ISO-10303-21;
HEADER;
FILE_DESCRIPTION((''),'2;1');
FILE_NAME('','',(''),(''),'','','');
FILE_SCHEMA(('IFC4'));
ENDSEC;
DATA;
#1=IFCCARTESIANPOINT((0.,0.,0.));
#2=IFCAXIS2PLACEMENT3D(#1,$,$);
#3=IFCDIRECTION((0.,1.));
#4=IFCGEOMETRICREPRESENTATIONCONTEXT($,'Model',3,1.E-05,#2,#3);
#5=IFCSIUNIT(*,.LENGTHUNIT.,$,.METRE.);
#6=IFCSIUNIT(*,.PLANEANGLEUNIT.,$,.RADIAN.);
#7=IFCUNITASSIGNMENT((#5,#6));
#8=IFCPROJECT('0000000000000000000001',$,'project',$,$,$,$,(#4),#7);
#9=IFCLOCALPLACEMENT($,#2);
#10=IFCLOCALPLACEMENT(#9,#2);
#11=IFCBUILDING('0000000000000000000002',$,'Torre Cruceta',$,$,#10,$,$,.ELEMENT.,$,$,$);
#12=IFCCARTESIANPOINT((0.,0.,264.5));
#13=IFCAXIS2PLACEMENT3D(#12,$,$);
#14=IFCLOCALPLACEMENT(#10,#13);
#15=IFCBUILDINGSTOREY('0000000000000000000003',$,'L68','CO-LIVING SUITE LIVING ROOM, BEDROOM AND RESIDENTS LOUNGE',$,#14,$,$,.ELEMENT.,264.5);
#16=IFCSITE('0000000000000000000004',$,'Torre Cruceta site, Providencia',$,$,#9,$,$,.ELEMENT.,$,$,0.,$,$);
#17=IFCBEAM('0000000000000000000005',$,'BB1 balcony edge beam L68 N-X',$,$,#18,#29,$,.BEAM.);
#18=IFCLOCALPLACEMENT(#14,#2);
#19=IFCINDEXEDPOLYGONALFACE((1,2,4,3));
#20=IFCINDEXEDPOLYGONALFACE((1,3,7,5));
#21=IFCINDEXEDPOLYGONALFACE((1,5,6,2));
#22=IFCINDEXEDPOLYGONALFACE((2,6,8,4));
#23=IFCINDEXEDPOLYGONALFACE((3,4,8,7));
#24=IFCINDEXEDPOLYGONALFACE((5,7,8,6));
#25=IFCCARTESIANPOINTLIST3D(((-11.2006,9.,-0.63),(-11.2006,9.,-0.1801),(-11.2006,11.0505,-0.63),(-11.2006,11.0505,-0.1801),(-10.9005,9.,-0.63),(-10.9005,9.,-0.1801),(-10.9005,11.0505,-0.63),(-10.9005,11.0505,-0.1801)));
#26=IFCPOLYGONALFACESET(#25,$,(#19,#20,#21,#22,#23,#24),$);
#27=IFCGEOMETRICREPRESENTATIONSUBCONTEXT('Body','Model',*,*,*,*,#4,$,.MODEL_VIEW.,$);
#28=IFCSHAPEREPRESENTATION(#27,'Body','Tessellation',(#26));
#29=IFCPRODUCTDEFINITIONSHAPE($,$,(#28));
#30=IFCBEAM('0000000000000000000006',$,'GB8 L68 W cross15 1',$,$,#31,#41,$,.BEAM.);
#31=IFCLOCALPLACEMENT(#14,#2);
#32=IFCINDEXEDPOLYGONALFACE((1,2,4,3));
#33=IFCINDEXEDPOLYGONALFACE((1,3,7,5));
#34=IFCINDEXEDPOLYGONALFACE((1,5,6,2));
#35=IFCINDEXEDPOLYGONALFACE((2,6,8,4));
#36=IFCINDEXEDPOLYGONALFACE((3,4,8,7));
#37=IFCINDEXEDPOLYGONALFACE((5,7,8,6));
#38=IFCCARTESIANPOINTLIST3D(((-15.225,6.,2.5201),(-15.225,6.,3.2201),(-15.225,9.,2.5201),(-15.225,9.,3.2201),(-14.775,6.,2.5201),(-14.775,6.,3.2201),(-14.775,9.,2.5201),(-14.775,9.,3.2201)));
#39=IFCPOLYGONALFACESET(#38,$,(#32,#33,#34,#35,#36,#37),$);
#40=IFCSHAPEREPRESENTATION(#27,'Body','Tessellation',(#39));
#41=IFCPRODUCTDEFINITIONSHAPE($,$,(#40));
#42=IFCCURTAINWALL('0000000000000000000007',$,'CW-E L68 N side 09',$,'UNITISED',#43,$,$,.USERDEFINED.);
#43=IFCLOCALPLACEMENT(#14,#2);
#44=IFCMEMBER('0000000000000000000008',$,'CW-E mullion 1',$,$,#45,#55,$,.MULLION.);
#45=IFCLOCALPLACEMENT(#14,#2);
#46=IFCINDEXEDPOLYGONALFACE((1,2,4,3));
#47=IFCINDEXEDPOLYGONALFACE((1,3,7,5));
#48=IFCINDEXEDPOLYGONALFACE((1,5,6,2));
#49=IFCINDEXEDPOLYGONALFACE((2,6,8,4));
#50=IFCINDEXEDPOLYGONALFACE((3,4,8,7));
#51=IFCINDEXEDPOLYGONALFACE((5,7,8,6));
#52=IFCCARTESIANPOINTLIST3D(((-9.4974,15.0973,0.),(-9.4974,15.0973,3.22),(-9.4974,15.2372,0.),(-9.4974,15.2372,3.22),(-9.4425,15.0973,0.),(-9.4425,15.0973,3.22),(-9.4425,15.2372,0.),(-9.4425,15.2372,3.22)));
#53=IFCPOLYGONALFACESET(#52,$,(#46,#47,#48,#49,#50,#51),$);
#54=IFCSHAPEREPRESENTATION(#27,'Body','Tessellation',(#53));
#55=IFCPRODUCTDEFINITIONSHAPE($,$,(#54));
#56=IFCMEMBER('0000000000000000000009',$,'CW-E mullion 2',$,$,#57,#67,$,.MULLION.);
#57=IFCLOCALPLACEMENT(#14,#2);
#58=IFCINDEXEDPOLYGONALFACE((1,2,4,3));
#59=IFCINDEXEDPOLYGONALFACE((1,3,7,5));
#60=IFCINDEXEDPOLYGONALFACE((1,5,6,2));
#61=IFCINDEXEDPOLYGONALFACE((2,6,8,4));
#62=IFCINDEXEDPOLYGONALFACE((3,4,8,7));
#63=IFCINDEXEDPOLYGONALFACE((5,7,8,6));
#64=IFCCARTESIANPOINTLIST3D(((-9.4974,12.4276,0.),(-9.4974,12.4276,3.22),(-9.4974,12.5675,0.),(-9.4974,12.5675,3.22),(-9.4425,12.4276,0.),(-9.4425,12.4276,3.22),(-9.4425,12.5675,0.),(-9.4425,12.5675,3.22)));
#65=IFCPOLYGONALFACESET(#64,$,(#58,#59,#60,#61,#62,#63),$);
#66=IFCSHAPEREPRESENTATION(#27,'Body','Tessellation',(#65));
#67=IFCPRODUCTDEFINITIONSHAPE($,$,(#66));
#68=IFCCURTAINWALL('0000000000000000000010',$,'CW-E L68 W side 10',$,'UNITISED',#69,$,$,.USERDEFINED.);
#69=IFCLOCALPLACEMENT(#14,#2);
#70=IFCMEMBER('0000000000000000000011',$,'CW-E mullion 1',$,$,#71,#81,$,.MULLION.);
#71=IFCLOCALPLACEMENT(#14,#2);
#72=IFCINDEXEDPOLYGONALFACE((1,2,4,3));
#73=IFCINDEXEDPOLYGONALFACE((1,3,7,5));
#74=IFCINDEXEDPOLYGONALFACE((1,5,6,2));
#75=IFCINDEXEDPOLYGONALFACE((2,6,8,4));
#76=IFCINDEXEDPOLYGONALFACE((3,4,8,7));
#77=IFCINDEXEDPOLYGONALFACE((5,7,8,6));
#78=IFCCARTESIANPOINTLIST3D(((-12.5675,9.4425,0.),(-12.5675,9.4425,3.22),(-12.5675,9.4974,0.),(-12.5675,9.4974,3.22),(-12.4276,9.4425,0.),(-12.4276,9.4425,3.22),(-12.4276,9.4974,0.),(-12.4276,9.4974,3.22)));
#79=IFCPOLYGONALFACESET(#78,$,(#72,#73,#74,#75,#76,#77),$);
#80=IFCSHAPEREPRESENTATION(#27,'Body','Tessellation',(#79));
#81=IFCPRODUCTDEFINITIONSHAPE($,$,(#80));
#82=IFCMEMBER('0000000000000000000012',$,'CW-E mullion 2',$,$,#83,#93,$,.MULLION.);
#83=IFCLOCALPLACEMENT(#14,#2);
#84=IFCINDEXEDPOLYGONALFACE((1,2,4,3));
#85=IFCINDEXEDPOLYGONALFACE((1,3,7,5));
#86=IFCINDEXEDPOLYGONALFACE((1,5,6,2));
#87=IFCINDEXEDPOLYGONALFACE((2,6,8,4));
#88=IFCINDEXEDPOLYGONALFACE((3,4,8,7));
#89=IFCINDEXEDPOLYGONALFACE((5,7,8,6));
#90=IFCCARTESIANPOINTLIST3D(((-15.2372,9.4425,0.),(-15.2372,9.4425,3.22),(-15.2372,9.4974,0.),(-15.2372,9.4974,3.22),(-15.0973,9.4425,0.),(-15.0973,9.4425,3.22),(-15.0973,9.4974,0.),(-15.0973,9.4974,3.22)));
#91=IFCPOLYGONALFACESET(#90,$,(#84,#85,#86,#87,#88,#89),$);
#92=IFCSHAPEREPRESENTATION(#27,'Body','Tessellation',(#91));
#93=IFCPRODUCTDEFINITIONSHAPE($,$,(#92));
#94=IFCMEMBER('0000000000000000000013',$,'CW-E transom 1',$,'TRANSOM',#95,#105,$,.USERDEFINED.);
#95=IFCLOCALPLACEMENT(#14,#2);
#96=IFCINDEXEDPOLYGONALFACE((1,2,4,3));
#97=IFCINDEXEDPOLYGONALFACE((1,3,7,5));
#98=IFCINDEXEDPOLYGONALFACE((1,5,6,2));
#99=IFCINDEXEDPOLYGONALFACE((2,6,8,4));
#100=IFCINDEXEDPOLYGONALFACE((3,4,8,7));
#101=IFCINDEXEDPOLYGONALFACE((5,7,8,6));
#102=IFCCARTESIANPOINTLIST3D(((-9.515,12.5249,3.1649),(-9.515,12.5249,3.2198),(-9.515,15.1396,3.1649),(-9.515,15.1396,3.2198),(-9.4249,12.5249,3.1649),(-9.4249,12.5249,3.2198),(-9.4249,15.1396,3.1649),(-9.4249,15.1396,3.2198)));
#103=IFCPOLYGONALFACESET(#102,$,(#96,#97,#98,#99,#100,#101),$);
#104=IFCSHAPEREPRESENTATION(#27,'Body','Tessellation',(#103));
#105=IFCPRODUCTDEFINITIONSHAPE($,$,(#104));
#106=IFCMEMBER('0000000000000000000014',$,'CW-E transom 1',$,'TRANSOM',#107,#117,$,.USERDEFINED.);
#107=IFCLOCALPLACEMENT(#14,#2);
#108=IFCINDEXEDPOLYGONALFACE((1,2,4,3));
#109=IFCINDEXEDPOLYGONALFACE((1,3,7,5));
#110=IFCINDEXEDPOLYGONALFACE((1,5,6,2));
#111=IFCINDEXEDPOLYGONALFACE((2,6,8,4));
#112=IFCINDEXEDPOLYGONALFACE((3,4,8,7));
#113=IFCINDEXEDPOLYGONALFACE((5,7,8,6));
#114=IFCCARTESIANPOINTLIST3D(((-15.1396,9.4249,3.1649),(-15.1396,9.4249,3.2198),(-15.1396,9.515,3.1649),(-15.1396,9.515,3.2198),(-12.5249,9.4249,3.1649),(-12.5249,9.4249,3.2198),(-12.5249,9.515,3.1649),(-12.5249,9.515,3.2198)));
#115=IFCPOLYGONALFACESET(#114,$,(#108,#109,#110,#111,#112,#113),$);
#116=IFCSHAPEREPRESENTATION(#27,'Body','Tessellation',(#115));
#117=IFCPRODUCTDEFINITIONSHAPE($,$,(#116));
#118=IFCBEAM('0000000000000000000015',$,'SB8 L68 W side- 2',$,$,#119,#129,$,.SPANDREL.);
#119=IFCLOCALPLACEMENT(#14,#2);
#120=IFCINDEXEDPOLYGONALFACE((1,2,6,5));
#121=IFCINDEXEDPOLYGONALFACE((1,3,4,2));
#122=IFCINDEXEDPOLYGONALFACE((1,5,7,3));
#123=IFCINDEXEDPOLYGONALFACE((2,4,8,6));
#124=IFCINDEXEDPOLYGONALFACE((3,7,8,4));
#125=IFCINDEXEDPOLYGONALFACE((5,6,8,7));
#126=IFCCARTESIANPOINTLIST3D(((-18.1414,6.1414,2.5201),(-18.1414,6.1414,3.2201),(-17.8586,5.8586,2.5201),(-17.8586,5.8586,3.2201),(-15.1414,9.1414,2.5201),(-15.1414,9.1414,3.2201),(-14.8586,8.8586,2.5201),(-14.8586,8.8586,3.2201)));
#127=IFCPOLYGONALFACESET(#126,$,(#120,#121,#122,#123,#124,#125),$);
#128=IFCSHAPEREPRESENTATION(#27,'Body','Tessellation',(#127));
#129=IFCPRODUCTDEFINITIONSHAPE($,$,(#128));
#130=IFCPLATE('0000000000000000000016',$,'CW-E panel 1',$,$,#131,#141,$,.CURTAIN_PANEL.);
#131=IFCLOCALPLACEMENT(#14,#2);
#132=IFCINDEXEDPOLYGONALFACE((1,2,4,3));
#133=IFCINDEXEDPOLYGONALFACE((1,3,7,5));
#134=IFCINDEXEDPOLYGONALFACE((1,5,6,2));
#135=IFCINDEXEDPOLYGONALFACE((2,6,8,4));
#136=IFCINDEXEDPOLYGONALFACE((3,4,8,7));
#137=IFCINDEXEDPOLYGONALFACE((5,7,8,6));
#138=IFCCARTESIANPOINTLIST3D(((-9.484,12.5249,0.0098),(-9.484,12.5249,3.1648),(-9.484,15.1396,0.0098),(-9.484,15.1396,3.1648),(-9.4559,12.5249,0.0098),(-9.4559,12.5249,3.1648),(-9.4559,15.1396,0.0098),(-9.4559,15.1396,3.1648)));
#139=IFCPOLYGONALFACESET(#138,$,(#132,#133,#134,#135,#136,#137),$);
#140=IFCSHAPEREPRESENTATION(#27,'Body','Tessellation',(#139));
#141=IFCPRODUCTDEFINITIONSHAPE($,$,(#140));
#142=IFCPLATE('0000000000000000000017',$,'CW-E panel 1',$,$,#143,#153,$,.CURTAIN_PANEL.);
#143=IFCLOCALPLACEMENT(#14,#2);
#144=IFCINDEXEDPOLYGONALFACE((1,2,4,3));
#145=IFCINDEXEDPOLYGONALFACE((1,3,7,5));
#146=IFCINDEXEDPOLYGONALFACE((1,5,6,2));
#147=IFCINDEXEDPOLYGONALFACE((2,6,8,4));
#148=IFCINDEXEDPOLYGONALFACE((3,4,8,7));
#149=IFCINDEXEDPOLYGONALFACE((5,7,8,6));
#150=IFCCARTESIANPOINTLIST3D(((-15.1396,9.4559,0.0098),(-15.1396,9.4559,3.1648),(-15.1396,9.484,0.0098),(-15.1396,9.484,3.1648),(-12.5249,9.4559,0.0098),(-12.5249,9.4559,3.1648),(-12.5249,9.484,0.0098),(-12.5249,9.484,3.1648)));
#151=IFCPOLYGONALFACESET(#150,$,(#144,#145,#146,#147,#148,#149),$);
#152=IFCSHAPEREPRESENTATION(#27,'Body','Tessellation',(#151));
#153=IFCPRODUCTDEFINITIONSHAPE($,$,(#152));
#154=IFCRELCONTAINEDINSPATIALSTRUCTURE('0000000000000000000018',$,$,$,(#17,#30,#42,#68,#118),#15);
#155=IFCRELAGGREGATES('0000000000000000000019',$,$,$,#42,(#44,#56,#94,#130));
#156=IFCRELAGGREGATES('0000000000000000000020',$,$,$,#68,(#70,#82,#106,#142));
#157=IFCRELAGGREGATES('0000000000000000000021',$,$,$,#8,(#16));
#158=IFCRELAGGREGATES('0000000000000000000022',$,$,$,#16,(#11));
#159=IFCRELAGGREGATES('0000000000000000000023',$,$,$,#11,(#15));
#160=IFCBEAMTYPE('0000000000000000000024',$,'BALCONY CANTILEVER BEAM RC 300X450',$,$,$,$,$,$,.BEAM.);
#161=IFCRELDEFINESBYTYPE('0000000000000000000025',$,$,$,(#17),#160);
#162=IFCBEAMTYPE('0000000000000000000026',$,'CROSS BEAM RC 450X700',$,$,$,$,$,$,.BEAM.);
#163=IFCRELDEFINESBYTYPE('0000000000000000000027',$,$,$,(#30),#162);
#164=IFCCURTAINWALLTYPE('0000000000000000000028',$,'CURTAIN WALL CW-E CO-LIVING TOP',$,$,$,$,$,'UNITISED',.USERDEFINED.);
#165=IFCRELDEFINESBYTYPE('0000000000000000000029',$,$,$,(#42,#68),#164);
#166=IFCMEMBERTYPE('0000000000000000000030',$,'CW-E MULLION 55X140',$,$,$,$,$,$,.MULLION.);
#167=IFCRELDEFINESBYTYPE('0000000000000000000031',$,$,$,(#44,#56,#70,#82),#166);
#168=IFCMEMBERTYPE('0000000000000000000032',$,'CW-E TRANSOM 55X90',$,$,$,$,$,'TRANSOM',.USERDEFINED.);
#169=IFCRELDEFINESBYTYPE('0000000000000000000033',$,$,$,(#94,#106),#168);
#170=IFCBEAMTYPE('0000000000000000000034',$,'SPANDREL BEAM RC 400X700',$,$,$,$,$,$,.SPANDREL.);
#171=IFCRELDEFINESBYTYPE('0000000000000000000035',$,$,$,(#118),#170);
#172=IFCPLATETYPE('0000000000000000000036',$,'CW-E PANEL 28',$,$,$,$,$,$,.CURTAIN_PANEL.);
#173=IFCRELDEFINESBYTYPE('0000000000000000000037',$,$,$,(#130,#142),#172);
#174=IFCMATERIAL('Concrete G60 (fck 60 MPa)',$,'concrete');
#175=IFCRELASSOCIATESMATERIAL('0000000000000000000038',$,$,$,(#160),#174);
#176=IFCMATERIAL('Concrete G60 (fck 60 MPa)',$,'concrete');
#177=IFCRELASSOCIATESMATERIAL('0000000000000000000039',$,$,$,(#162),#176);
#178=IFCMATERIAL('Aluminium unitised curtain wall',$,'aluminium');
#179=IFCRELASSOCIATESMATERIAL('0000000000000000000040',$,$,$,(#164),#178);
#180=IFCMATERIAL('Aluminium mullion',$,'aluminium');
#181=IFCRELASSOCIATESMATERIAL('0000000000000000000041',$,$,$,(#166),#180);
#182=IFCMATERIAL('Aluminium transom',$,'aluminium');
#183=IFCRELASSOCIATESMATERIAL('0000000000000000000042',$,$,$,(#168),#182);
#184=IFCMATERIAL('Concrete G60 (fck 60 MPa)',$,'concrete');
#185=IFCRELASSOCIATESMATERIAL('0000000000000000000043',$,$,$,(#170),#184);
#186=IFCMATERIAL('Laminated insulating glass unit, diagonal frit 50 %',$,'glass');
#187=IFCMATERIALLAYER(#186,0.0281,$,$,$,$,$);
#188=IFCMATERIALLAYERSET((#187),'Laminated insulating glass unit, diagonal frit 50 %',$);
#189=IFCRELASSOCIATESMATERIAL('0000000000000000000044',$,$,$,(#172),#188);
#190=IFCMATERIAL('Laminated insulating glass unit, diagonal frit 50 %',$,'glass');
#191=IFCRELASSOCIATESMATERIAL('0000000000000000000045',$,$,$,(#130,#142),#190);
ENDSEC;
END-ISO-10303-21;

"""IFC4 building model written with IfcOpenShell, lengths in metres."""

from ifc_helpers import new_model, si_unit, direction, frame, origin, origin_2d, place, context, subcontext, project, spatial, rectangle, extrude, material, layer, layer_set, material_profile, profile_set, type_object, element, aggregate, save


model = new_model("IFC4")

# Units and contexts
model_context = context("Model", 3, precision=1e-05, world=origin(), true_north=direction((0.0, 1.0)))
body_context = subcontext(model_context, "Body", "Model", "MODEL_VIEW")
ifc_project = project(units=[si_unit("LENGTHUNIT", "METRE"), si_unit("PLANEANGLEUNIT", "RADIAN")], contexts=[model_context])

# Site, building, storey
site_placement = place(None, origin())
site = spatial("IfcSite", under=ifc_project, at=site_placement, Name="Torre Cruceta site, Providencia", CompositionType="ELEMENT", RefElevation=0.0)
building_placement = place(site_placement, origin())
building = spatial("IfcBuilding", under=site, at=building_placement, Name="Torre Cruceta", CompositionType="ELEMENT")
storey_placement = place(building_placement, frame((0.0, 0.0, 264.5)))
storey = spatial("IfcBuildingStorey", under=building, at=storey_placement, Name="L68", Description="CO-LIVING SUITE LIVING ROOM, BEDROOM AND RESIDENTS LOUNGE", CompositionType="ELEMENT", Elevation=264.5)

# Beams
ifc_material_1 = material(Name="Concrete G60 (fck 60 MPa)", Category="concrete")
ifc_material_profile_1 = material_profile(ifc_material_1, rectangle(XDim=0.3, YDim=0.45, at=origin_2d()), Name="RC 300X450")
ifc_profile_set_1 = profile_set([ifc_material_profile_1], Name="Concrete G60 (fck 60 MPa)")
beam_type_1 = type_object("IfcBeamType", Name="BALCONY CANTILEVER BEAM RC 300X450", PredefinedType="BEAM", material=ifc_profile_set_1)
beam_1_placement = place(storey_placement, frame((-11.0505, 9.0, -0.405), z_axis=(0.0, 1.0, 0.0), x_axis=(-1.0, 0.0, 0.0)))
element("IfcBeam", 1, at=beam_1_placement, inside=storey, type_object=beam_type_1, Name="BB1 balcony edge beam L68 N-X", PredefinedType="BEAM", context=body_context, shape_type="SweptSolid", body=[
    extrude(rectangle(XDim=0.3, YDim=0.45, at=origin_2d()), origin(), (0.0, 0.0, 1.0), 2.0505),
])
ifc_material_2 = material(Name="Concrete G60 (fck 60 MPa)", Category="concrete")
ifc_material_profile_2 = material_profile(ifc_material_2, rectangle(XDim=0.45, YDim=0.7, at=origin_2d()), Name="RC 450X700")
ifc_profile_set_2 = profile_set([ifc_material_profile_2], Name="Concrete G60 (fck 60 MPa)")
beam_type_2 = type_object("IfcBeamType", Name="CROSS BEAM RC 450X700", PredefinedType="BEAM", material=ifc_profile_set_2)
beam_2_placement = place(storey_placement, frame((-15.0, 9.0, 2.8701), z_axis=(0.0, -1.0, 0.0), x_axis=(1.0, 0.0, 0.0)))
element("IfcBeam", 2, at=beam_2_placement, inside=storey, type_object=beam_type_2, Name="GB8 L68 W cross15 1", PredefinedType="BEAM", context=body_context, shape_type="SweptSolid", body=[
    extrude(rectangle(XDim=0.45, YDim=0.7, at=origin_2d()), origin(), (0.0, 0.0, 1.0), 3.0),
])

# Curtain walls, members
ifc_material_3 = material(Name="Aluminium unitised curtain wall", Category="aluminium")
curtain_wall_type = type_object("IfcCurtainWallType", Name="CURTAIN WALL CW-E CO-LIVING TOP", ElementType="UNITISED", PredefinedType="USERDEFINED", material=ifc_material_3)
curtain_wall_1_placement = place(storey_placement, origin())
curtain_wall_1 = element("IfcCurtainWall", 3, at=curtain_wall_1_placement, inside=storey, type_object=curtain_wall_type, Name="CW-E L68 N side 09", ObjectType="UNITISED", PredefinedType="USERDEFINED")
ifc_material_4 = material(Name="Aluminium mullion", Category="aluminium")
ifc_material_profile_3 = material_profile(ifc_material_4, rectangle(XDim=0.0549, YDim=0.1399, at=origin_2d()), Name="AL 55X140")
ifc_profile_set_3 = profile_set([ifc_material_profile_3], Name="Aluminium mullion")
member_type_1 = type_object("IfcMemberType", Name="CW-E MULLION 55X140", PredefinedType="MULLION", material=ifc_profile_set_3)
member_1_placement = place(storey_placement, frame((-9.47, 15.1672, 0.0), z_axis=(0.0, 0.0, 1.0), x_axis=(1.0, 0.0, 0.0)))
member_1 = element("IfcMember", 4, at=member_1_placement, type_object=member_type_1, Name="CW-E mullion 1", PredefinedType="MULLION", context=body_context, shape_type="SweptSolid", body=[
    extrude(rectangle(XDim=0.0549, YDim=0.1399, at=origin_2d()), origin(), (0.0, 0.0, 1.0), 3.22),
])
member_2_placement = place(storey_placement, frame((-9.47, 12.4976, 0.0), z_axis=(0.0, 0.0, 1.0), x_axis=(1.0, 0.0, 0.0)))
member_2 = element("IfcMember", 5, at=member_2_placement, type_object=member_type_1, Name="CW-E mullion 2", PredefinedType="MULLION", context=body_context, shape_type="SweptSolid", body=[
    extrude(rectangle(XDim=0.0549, YDim=0.1399, at=origin_2d()), origin(), (0.0, 0.0, 1.0), 3.22),
])
curtain_wall_2_placement = place(storey_placement, origin())
curtain_wall_2 = element("IfcCurtainWall", 6, at=curtain_wall_2_placement, inside=storey, type_object=curtain_wall_type, Name="CW-E L68 W side 10", ObjectType="UNITISED", PredefinedType="USERDEFINED")
member_3_placement = place(storey_placement, frame((-12.4976, 9.47, 0.0), z_axis=(0.0, 0.0, 1.0), x_axis=(0.0, -1.0, 0.0)))
member_3 = element("IfcMember", 7, at=member_3_placement, type_object=member_type_1, Name="CW-E mullion 1", PredefinedType="MULLION", context=body_context, shape_type="SweptSolid", body=[
    extrude(rectangle(XDim=0.0549, YDim=0.1399, at=origin_2d()), origin(), (0.0, 0.0, 1.0), 3.22),
])
member_4_placement = place(storey_placement, frame((-15.1672, 9.47, 0.0), z_axis=(0.0, 0.0, 1.0), x_axis=(0.0, -1.0, 0.0)))
member_4 = element("IfcMember", 8, at=member_4_placement, type_object=member_type_1, Name="CW-E mullion 2", PredefinedType="MULLION", context=body_context, shape_type="SweptSolid", body=[
    extrude(rectangle(XDim=0.0549, YDim=0.1399, at=origin_2d()), origin(), (0.0, 0.0, 1.0), 3.22),
])

# Members
ifc_material_5 = material(Name="Aluminium transom", Category="aluminium")
ifc_material_profile_4 = material_profile(ifc_material_5, rectangle(XDim=0.0901, YDim=0.0549, at=origin_2d()), Name="AL 90X55")
ifc_profile_set_4 = profile_set([ifc_material_profile_4], Name="Aluminium transom")
member_type_2 = type_object("IfcMemberType", Name="CW-E TRANSOM 55X90", ElementType="TRANSOM", PredefinedType="USERDEFINED", material=ifc_profile_set_4)
member_5_placement = place(storey_placement, frame((-9.47, 15.1396, 3.1924), z_axis=(0.0, -1.0, 0.0), x_axis=(1.0, 0.0, 0.0)))
member_5 = element("IfcMember", 9, at=member_5_placement, type_object=member_type_2, Name="CW-E transom 1", ObjectType="TRANSOM", PredefinedType="USERDEFINED", context=body_context, shape_type="SweptSolid", body=[
    extrude(rectangle(XDim=0.0901, YDim=0.0549, at=origin_2d()), origin(), (0.0, 0.0, 1.0), 2.6147),
])
member_6_placement = place(storey_placement, frame((-12.5249, 9.47, 3.1924), z_axis=(-1.0, 0.0, 0.0), x_axis=(0.0, -1.0, 0.0)))
member_6 = element("IfcMember", 10, at=member_6_placement, type_object=member_type_2, Name="CW-E transom 1", ObjectType="TRANSOM", PredefinedType="USERDEFINED", context=body_context, shape_type="SweptSolid", body=[
    extrude(rectangle(XDim=0.0901, YDim=0.0549, at=origin_2d()), origin(), (0.0, 0.0, 1.0), 2.6147),
])

# Beam
ifc_material_6 = material(Name="Concrete G60 (fck 60 MPa)", Category="concrete")
ifc_material_profile_5 = material_profile(ifc_material_6, rectangle(XDim=0.3999, YDim=0.7, at=origin_2d()), Name="RC 400X700")
ifc_profile_set_5 = profile_set([ifc_material_profile_5], Name="Concrete G60 (fck 60 MPa)")
beam_type_3 = type_object("IfcBeamType", Name="SPANDREL BEAM RC 400X700", PredefinedType="SPANDREL", material=ifc_profile_set_5)
beam_3_placement = place(storey_placement, frame((-15.0, 9.0, 2.8701), z_axis=(-0.707107, -0.707107, 0.0), x_axis=(0.707107, -0.707107, 0.0)))
element("IfcBeam", 11, at=beam_3_placement, inside=storey, type_object=beam_type_3, Name="SB8 L68 W side- 2", PredefinedType="SPANDREL", context=body_context, shape_type="SweptSolid", body=[
    extrude(rectangle(XDim=0.3999, YDim=0.7, at=origin_2d()), origin(), (0.0, 0.0, 1.0), 4.2427),
])

# Plates
ifc_material_7 = material(Name="Laminated insulating glass unit, diagonal frit 50 %", Category="glass")
ifc_material_8 = material(Name="Laminated insulating glass unit, diagonal frit 50 %", Category="glass")
ifc_layer_1 = layer(ifc_material_8, 0.0281)
ifc_layer_set_1 = layer_set([ifc_layer_1], Name="Laminated insulating glass unit, diagonal frit 50 %")
plate_type = type_object("IfcPlateType", Name="CW-E PANEL 28", PredefinedType="CURTAIN_PANEL", material=ifc_layer_set_1)
plate_1_placement = place(storey_placement, frame((-9.47, 13.8323, 0.0098), z_axis=(0.0, 0.0, 1.0), x_axis=(0.0, -1.0, 0.0)))
plate_1 = element("IfcPlate", 12, at=plate_1_placement, type_object=plate_type, material=ifc_material_7, Name="CW-E panel 1", PredefinedType="CURTAIN_PANEL", context=body_context, shape_type="SweptSolid", body=[
    extrude(rectangle(XDim=2.6147, YDim=0.0281, at=origin_2d()), origin(), (0.0, 0.0, 1.0), 3.155),
])
aggregate(curtain_wall_1, [member_1, member_2, member_5, plate_1])
plate_2_placement = place(storey_placement, frame((-13.8323, 9.47, 0.0098), z_axis=(0.0, 0.0, 1.0), x_axis=(-1.0, 0.0, 0.0)))
plate_2 = element("IfcPlate", 13, at=plate_2_placement, type_object=plate_type, material=ifc_material_7, Name="CW-E panel 1", PredefinedType="CURTAIN_PANEL", context=body_context, shape_type="SweptSolid", body=[
    extrude(rectangle(XDim=2.6147, YDim=0.0281, at=origin_2d()), origin(), (0.0, 0.0, 1.0), 3.155),
])
aggregate(curtain_wall_2, [member_3, member_4, member_6, plate_2])

save(model, "model.ifc")
